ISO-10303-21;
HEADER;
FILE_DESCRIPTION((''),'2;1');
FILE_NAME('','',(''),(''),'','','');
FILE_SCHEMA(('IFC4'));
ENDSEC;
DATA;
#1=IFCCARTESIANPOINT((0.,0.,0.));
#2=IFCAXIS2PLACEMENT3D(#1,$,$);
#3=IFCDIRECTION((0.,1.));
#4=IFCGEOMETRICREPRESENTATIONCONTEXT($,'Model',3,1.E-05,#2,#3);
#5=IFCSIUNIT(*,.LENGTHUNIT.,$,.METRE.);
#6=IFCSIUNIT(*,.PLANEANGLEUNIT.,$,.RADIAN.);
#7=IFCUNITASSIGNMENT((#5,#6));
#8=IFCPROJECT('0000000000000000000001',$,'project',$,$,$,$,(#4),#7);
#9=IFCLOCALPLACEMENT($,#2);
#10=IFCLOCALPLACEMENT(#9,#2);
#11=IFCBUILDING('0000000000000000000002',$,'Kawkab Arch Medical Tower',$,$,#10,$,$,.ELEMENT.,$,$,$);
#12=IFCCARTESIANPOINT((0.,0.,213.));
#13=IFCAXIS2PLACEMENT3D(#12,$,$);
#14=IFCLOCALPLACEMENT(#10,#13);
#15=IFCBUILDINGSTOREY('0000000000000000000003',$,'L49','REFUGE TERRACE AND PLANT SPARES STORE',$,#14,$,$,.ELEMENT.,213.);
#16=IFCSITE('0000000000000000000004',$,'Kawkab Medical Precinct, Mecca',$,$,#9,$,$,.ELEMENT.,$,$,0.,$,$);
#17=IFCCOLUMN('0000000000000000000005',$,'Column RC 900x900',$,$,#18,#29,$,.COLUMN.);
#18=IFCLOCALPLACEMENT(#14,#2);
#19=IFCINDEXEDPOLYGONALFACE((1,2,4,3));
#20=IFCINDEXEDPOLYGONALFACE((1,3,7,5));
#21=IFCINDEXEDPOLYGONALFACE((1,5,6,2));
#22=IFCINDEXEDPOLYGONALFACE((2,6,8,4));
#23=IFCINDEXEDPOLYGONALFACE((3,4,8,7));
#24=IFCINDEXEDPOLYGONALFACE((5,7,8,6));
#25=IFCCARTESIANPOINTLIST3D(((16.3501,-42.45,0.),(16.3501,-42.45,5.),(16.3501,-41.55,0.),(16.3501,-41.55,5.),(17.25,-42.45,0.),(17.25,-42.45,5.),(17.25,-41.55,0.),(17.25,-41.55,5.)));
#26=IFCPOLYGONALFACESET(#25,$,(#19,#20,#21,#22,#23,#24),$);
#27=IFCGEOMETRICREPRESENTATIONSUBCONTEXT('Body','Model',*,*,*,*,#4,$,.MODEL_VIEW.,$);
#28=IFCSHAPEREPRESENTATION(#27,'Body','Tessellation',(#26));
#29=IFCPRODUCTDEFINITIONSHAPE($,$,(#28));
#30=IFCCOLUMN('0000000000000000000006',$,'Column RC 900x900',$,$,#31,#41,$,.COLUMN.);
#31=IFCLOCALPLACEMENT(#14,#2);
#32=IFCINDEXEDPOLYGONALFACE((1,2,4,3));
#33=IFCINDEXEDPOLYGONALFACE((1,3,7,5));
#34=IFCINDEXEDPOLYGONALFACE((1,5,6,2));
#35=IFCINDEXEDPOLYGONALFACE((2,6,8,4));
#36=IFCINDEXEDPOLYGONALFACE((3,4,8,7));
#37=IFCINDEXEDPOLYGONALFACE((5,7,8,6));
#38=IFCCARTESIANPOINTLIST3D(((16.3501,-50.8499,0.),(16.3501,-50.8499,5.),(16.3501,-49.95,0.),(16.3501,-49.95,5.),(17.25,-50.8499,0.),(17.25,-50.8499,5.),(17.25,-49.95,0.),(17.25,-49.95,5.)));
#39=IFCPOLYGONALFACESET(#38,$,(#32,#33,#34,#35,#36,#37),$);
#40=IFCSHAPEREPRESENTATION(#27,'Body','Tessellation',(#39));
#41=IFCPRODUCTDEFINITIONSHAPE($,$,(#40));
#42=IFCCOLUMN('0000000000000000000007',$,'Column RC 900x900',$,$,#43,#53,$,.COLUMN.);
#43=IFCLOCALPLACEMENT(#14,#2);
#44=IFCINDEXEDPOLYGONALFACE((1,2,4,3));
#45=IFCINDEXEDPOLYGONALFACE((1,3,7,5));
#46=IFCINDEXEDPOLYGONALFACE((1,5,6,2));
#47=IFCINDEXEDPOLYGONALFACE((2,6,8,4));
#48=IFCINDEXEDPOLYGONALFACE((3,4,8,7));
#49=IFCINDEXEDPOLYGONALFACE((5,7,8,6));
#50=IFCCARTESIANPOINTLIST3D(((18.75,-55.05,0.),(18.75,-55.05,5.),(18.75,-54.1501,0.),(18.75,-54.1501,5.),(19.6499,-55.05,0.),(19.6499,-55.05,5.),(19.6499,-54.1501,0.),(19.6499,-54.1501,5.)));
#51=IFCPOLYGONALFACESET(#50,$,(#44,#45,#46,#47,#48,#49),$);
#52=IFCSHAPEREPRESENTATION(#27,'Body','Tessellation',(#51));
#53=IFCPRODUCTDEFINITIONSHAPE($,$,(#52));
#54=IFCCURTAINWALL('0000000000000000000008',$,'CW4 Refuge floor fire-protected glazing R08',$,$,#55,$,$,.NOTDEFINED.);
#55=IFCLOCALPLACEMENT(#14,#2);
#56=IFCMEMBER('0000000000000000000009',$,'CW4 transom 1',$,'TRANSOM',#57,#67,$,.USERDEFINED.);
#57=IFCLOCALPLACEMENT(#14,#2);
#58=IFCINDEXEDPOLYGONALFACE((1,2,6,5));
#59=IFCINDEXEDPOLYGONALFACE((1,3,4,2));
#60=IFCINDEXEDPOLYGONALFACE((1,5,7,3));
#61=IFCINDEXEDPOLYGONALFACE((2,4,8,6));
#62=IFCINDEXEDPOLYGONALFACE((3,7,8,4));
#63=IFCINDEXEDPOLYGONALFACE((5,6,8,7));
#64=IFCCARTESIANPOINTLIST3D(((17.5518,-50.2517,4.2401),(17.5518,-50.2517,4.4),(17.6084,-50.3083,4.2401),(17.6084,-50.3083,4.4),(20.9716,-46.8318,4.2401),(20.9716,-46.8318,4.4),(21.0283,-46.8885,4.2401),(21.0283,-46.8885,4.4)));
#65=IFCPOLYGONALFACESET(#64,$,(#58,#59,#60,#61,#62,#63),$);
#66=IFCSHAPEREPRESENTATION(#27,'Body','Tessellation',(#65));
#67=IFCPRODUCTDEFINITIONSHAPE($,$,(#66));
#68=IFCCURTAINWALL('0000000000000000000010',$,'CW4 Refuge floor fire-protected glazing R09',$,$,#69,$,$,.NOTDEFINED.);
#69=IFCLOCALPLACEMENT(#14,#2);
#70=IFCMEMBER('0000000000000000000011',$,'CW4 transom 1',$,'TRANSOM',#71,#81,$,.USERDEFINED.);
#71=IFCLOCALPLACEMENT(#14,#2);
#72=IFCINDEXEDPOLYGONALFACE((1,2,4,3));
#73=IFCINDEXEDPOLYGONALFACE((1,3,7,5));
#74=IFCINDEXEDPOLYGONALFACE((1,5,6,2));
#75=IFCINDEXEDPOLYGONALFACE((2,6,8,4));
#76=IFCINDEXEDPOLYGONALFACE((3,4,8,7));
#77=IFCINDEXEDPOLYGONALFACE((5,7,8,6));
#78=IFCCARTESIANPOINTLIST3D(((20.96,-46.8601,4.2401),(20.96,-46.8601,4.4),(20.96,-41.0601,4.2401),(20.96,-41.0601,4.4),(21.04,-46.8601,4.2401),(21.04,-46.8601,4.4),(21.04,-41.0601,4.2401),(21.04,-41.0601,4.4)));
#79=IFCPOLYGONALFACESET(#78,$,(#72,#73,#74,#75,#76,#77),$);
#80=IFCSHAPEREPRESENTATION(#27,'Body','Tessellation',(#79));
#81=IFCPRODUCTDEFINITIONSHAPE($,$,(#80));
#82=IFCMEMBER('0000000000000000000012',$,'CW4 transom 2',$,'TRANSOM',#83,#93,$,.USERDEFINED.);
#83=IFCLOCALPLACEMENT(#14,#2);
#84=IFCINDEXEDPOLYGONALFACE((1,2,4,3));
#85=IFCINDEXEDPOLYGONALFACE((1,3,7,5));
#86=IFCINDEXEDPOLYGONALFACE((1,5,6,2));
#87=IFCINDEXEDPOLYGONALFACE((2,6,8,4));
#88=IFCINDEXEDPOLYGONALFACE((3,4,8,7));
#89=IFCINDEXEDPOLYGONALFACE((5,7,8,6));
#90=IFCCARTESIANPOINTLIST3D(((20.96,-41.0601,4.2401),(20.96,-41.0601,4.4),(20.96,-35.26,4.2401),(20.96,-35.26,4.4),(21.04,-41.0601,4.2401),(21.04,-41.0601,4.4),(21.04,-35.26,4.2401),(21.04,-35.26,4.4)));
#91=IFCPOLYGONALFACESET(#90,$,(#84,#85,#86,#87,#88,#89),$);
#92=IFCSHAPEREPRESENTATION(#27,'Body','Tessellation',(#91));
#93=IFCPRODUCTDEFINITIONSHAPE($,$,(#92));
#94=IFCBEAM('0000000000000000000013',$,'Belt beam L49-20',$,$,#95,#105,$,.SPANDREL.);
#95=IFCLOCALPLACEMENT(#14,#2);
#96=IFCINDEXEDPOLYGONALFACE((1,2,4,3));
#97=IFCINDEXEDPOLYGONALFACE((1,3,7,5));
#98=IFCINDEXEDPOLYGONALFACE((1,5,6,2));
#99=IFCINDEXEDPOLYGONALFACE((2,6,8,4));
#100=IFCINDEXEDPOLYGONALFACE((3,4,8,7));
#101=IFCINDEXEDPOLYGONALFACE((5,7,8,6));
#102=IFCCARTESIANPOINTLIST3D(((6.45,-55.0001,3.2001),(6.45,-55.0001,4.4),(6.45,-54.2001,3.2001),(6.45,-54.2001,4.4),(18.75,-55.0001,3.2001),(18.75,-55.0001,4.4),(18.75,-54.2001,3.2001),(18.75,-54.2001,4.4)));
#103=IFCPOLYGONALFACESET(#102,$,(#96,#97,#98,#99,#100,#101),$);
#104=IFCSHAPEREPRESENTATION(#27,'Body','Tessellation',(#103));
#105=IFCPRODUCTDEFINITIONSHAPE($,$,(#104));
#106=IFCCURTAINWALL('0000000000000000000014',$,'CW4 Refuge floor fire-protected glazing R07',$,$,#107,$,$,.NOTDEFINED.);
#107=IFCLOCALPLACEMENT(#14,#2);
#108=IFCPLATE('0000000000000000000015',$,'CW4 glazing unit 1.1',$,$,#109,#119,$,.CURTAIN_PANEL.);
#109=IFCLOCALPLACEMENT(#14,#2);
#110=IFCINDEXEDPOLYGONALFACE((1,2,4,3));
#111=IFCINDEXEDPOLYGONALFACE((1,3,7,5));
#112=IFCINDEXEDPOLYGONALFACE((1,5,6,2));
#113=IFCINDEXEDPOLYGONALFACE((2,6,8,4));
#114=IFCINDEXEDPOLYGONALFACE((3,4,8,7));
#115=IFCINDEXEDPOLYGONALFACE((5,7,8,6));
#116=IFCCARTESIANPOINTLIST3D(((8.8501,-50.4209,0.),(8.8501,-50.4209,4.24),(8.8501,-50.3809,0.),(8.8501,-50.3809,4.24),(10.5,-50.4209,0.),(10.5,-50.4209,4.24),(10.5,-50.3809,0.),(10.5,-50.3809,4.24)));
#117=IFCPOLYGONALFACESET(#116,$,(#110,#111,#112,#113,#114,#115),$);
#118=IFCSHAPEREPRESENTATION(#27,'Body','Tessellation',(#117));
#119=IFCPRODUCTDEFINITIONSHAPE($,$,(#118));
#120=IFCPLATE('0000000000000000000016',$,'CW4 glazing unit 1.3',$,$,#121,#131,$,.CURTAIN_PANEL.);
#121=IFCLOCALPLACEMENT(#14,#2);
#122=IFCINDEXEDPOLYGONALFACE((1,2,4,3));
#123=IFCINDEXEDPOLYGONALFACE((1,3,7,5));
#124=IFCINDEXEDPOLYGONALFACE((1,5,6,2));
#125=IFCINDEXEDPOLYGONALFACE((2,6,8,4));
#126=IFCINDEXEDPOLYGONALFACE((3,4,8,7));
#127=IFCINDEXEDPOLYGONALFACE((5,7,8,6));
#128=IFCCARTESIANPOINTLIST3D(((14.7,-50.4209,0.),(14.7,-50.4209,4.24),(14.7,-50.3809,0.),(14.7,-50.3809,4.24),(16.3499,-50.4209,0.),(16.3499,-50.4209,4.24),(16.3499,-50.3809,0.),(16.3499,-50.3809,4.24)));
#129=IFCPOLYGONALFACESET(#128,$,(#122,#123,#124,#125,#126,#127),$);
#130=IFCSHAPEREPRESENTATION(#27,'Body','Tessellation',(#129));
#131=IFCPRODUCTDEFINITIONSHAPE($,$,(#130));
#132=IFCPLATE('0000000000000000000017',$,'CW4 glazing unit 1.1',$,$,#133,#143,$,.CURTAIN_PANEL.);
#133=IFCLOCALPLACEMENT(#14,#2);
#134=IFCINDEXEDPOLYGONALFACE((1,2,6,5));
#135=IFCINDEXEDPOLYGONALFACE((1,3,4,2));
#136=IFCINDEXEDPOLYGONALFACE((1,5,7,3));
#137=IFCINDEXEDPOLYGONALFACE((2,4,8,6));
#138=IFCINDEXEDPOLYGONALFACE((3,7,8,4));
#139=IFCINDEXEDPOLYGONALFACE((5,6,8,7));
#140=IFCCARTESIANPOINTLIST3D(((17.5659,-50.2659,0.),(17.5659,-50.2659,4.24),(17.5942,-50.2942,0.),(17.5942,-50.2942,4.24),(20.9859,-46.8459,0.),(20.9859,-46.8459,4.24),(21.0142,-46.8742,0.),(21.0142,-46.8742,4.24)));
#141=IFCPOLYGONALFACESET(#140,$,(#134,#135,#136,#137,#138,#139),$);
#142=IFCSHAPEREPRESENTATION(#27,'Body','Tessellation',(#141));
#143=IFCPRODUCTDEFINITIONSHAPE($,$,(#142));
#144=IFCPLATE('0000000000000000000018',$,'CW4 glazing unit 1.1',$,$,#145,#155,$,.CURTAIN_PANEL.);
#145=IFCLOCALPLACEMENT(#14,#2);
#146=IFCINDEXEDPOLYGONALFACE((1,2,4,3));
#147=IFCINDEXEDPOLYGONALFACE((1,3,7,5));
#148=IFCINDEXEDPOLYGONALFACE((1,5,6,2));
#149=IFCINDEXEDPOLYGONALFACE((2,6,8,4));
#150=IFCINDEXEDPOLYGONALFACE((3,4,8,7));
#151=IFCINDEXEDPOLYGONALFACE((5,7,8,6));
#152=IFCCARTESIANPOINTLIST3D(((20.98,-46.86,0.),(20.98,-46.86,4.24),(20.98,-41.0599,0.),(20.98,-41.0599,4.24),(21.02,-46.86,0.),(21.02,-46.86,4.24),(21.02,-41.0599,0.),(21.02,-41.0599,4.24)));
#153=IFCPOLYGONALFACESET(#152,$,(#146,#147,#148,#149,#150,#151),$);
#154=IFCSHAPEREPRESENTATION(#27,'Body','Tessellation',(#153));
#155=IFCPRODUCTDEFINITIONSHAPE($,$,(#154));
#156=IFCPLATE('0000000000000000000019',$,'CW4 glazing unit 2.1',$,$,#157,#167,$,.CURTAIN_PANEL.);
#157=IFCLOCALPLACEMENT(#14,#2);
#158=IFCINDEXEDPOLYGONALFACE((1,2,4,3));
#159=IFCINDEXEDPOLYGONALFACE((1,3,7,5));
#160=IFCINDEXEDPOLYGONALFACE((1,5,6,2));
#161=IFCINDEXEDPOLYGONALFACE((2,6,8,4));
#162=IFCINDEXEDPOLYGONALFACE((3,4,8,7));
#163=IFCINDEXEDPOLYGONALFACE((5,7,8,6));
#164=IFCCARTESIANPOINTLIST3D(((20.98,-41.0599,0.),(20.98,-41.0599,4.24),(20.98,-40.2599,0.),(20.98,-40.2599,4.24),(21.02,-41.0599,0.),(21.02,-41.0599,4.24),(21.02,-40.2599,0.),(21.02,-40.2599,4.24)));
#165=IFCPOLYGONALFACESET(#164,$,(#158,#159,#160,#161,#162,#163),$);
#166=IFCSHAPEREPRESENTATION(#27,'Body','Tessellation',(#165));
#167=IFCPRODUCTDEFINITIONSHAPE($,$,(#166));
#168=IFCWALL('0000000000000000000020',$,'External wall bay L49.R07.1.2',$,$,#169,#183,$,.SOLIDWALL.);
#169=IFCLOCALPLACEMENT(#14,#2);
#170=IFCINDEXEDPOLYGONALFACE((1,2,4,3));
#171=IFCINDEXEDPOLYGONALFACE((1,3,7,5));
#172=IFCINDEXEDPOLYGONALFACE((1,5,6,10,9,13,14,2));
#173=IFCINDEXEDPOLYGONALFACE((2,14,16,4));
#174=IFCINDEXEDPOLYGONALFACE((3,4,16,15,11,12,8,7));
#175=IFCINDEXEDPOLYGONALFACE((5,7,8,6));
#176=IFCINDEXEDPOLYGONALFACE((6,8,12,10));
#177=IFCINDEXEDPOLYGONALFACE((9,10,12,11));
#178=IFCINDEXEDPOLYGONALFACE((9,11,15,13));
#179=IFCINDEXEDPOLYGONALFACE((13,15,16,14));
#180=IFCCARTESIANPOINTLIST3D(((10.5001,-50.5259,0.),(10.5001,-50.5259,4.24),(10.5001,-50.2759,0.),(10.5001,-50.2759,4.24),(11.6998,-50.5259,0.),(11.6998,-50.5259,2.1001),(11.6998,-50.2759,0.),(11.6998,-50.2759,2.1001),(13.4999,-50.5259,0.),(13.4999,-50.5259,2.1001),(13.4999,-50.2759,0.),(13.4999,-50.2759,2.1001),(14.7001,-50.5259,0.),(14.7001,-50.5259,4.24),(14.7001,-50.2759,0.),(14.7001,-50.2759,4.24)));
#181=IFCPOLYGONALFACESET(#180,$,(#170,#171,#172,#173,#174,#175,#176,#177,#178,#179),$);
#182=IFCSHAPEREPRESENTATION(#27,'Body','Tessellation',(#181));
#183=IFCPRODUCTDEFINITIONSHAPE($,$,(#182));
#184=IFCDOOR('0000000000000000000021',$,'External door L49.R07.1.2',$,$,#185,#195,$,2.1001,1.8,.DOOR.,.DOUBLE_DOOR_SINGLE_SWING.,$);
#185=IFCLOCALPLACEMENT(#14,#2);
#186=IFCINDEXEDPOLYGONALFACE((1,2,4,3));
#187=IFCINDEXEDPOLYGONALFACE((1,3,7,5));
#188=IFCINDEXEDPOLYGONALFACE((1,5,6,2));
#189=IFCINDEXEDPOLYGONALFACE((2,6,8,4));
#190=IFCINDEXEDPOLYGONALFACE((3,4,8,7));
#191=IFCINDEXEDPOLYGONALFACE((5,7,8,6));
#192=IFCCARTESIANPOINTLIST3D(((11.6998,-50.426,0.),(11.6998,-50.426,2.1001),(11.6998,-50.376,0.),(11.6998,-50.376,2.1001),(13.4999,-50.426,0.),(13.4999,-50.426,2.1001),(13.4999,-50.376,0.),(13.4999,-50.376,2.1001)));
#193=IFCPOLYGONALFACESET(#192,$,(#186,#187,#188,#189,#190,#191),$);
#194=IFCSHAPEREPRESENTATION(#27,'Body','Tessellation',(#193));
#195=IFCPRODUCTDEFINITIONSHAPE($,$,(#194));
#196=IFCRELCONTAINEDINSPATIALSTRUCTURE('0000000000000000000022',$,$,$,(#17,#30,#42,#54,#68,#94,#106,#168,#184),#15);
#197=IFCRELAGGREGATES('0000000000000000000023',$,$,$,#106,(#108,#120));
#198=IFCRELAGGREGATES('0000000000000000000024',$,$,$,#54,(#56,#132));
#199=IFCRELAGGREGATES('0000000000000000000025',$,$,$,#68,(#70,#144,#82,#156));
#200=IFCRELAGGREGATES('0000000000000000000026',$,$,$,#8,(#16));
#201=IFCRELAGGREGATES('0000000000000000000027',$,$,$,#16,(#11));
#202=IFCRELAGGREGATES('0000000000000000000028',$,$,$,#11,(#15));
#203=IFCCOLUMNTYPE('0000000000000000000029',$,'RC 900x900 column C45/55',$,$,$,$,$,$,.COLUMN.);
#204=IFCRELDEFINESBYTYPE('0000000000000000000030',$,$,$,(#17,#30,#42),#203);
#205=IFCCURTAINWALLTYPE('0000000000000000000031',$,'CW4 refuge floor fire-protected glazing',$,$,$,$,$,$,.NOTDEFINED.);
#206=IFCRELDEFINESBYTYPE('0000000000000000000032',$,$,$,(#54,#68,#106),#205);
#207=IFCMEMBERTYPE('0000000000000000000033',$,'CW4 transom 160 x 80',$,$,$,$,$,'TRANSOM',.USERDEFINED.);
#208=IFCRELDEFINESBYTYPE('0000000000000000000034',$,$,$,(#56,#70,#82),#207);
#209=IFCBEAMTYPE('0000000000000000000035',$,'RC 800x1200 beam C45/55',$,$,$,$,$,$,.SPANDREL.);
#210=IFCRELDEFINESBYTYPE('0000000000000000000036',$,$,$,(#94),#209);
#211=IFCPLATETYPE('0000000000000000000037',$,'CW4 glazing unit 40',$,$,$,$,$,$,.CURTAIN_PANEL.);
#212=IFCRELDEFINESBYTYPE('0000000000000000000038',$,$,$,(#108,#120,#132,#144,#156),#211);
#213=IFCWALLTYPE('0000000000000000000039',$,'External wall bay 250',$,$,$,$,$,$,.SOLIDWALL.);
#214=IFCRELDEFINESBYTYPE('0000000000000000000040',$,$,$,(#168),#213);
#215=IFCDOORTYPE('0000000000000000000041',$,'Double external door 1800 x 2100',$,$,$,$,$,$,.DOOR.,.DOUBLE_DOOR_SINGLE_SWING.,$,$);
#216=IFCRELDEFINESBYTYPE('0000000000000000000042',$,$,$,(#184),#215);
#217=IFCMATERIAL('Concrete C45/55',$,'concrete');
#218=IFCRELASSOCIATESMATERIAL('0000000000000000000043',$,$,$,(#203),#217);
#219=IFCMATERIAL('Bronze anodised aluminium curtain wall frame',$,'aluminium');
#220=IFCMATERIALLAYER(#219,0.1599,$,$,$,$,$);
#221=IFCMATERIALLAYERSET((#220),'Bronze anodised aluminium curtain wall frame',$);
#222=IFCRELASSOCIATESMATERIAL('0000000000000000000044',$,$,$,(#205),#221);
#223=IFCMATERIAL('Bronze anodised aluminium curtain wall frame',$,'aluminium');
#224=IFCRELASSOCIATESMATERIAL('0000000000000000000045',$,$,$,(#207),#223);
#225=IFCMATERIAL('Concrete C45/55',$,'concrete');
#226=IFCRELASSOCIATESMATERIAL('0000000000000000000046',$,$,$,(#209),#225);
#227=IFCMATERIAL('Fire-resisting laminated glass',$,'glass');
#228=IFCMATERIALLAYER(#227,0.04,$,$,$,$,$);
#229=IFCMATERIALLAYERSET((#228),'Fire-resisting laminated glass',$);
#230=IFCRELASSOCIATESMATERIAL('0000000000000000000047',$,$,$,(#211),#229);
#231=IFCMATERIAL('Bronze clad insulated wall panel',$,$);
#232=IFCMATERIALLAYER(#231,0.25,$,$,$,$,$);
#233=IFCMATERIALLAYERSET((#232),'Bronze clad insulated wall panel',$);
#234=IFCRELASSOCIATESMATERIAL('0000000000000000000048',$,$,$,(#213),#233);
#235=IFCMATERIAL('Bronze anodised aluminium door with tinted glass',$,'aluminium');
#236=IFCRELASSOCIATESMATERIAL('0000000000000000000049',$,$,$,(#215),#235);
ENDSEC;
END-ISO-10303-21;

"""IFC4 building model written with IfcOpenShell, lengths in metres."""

from ifc_helpers import new_model, si_unit, direction, frame, frame_2d, origin, origin_2d, place, context, subcontext, project, spatial, rectangle, extrude, material, layer, layer_set, material_profile, profile_set, type_object, element, fill, aggregate, save


model = new_model("IFC4")

# Units and contexts
model_context = context("Model", 3, precision=1e-05, world=origin(), true_north=direction((0.0, 1.0)))
body_context = subcontext(model_context, "Body", "Model", "MODEL_VIEW")
ifc_project = project(units=[si_unit("LENGTHUNIT", "METRE"), si_unit("PLANEANGLEUNIT", "RADIAN")], contexts=[model_context])

# Site, building, storey
site_placement = place(None, origin())
site = spatial("IfcSite", under=ifc_project, at=site_placement, Name="Kawkab Medical Precinct, Mecca", CompositionType="ELEMENT", RefElevation=0.0)
building_placement = place(site_placement, origin())
building = spatial("IfcBuilding", under=site, at=building_placement, Name="Kawkab Arch Medical Tower", CompositionType="ELEMENT")
storey_placement = place(building_placement, frame((0.0, 0.0, 213.0)))
storey = spatial("IfcBuildingStorey", under=building, at=storey_placement, Name="L49", Description="REFUGE TERRACE AND PLANT SPARES STORE", CompositionType="ELEMENT", Elevation=213.0)

# Columns
ifc_material_1 = material(Name="Concrete C45/55", Category="concrete")
ifc_material_profile_1 = material_profile(ifc_material_1, rectangle(XDim=0.8999, YDim=0.8999, at=origin_2d()), Name="RC 900x900")
ifc_profile_set_1 = profile_set([ifc_material_profile_1], Name="Concrete C45/55")
column_type = type_object("IfcColumnType", Name="RC 900x900 column C45/55", PredefinedType="COLUMN", material=ifc_profile_set_1)
for number, where, z_axis, x_axis, name in (
    (1, (16.8, -42.0, 0.0), (0.0, 0.0, 1.0), (1.0, 0.0, 0.0), "Column RC 900x900"),
    (2, (16.8, -50.3999, 0.0), (0.0, 0.0, 1.0), (1.0, 0.0, 0.0), "Column RC 900x900"),
    (3, (19.2, -54.6001, 0.0), (0.0, 0.0, 1.0), (1.0, 0.0, 0.0), "Column RC 900x900"),
):
    element("IfcColumn", number, at=place(storey_placement, frame(where, z_axis=z_axis, x_axis=x_axis)), inside=storey, type_object=column_type, Name=name, PredefinedType="COLUMN", context=body_context, shape_type="SweptSolid", body=[
        extrude(rectangle(XDim=0.8999, YDim=0.8999, at=origin_2d()), origin(), (0.0, 0.0, 1.0), 5.0),
    ])

# Curtain wall, member
ifc_material_2 = material(Name="Bronze anodised aluminium curtain wall frame", Category="aluminium")
ifc_layer_1 = layer(ifc_material_2, 0.1599)
ifc_layer_set_1 = layer_set([ifc_layer_1], Name="Bronze anodised aluminium curtain wall frame")
curtain_wall_type = type_object("IfcCurtainWallType", Name="CW4 refuge floor fire-protected glazing", PredefinedType="NOTDEFINED", material=ifc_layer_set_1)
placement = place(storey_placement, origin())
curtain_wall_1 = element("IfcCurtainWall", 4, at=placement, inside=storey, type_object=curtain_wall_type, Name="CW4 Refuge floor fire-protected glazing R08", PredefinedType="NOTDEFINED")
ifc_material_3 = material(Name="Bronze anodised aluminium curtain wall frame", Category="aluminium")
ifc_material_profile_2 = material_profile(ifc_material_3, rectangle(XDim=0.0801, YDim=0.1599, at=origin_2d()), Name="AL 80x160")
ifc_profile_set_2 = profile_set([ifc_material_profile_2], Name="Bronze anodised aluminium curtain wall frame")
member_type = type_object("IfcMemberType", Name="CW4 transom 160 x 80", ElementType="TRANSOM", PredefinedType="USERDEFINED", material=ifc_profile_set_2)
member_1_placement = place(storey_placement, frame((17.5801, -50.28, 4.3201), z_axis=(0.707107, 0.707107, 0.0), x_axis=(-0.707107, 0.707107, 0.0)))
member_1 = element("IfcMember", 5, at=member_1_placement, type_object=member_type, Name="CW4 transom 1", ObjectType="TRANSOM", PredefinedType="USERDEFINED", context=body_context, shape_type="SweptSolid", body=[
    extrude(rectangle(XDim=0.0801, YDim=0.1599, at=origin_2d()), origin(), (0.0, 0.0, 1.0), 4.8364),
])

# Curtain wall, members
curtain_wall_2 = element("IfcCurtainWall", 6, at=placement, inside=storey, type_object=curtain_wall_type, Name="CW4 Refuge floor fire-protected glazing R09", PredefinedType="NOTDEFINED")
member_2_placement = place(storey_placement, frame((21.0, -46.8601, 4.3201), z_axis=(0.0, 1.0, 0.0), x_axis=(-1.0, 0.0, 0.0)))
member_2 = element("IfcMember", 7, at=member_2_placement, type_object=member_type, Name="CW4 transom 1", ObjectType="TRANSOM", PredefinedType="USERDEFINED", context=body_context, shape_type="SweptSolid", body=[
    extrude(rectangle(XDim=0.0801, YDim=0.1599, at=origin_2d()), origin(), (0.0, 0.0, 1.0), 5.8),
])
member_3_placement = place(storey_placement, frame((21.0, -41.0601, 4.3201), z_axis=(0.0, 1.0, 0.0), x_axis=(-1.0, 0.0, 0.0)))
member_3 = element("IfcMember", 8, at=member_3_placement, type_object=member_type, Name="CW4 transom 2", ObjectType="TRANSOM", PredefinedType="USERDEFINED", context=body_context, shape_type="SweptSolid", body=[
    extrude(rectangle(XDim=0.0801, YDim=0.1599, at=origin_2d()), origin(), (0.0, 0.0, 1.0), 5.8),
])

# Beam
ifc_material_4 = material(Name="Concrete C45/55", Category="concrete")
ifc_material_profile_3 = material_profile(ifc_material_4, rectangle(XDim=0.8, YDim=1.2, at=origin_2d()), Name="RC 800x1200")
ifc_profile_set_3 = profile_set([ifc_material_profile_3], Name="Concrete C45/55")
beam_type = type_object("IfcBeamType", Name="RC 800x1200 beam C45/55", PredefinedType="SPANDREL", material=ifc_profile_set_3)
beam_placement = place(storey_placement, frame((18.75, -54.6001, 3.8), z_axis=(-1.0, 0.0, 0.0), x_axis=(0.0, -1.0, 0.0)))
element("IfcBeam", 9, at=beam_placement, inside=storey, type_object=beam_type, Name="Belt beam L49-20", PredefinedType="SPANDREL", context=body_context, shape_type="SweptSolid", body=[
    extrude(rectangle(XDim=0.8, YDim=1.2, at=origin_2d()), origin(), (0.0, 0.0, 1.0), 12.3),
])

# Curtain wall, plates
curtain_wall_3 = element("IfcCurtainWall", 10, at=placement, inside=storey, type_object=curtain_wall_type, Name="CW4 Refuge floor fire-protected glazing R07", PredefinedType="NOTDEFINED")
ifc_material_5 = material(Name="Fire-resisting laminated glass", Category="glass")
ifc_layer_2 = layer(ifc_material_5, 0.04)
ifc_layer_set_2 = layer_set([ifc_layer_2], Name="Fire-resisting laminated glass")
plate_type = type_object("IfcPlateType", Name="CW4 glazing unit 40", PredefinedType="CURTAIN_PANEL", material=ifc_layer_set_2)
plate_1_placement = place(storey_placement, frame((9.675, -50.4009, 0.0), z_axis=(0.0, 0.0, 1.0), x_axis=(1.0, 0.0, 0.0)))
plate_1 = element("IfcPlate", 11, at=plate_1_placement, type_object=plate_type, Name="CW4 glazing unit 1.1", PredefinedType="CURTAIN_PANEL", context=body_context, shape_type="SweptSolid", body=[
    extrude(rectangle(XDim=1.6499, YDim=0.04, at=origin_2d()), origin(), (0.0, 0.0, 1.0), 4.24),
])
plate_2_placement = place(storey_placement, frame((15.5249, -50.4009, 0.0), z_axis=(0.0, 0.0, 1.0), x_axis=(1.0, 0.0, 0.0)))
plate_2 = element("IfcPlate", 12, at=plate_2_placement, type_object=plate_type, Name="CW4 glazing unit 1.3", PredefinedType="CURTAIN_PANEL", context=body_context, shape_type="SweptSolid", body=[
    extrude(rectangle(XDim=1.6499, YDim=0.04, at=origin_2d()), origin(), (0.0, 0.0, 1.0), 4.24),
])
aggregate(curtain_wall_3, [plate_1, plate_2])

# Plates
plate_3_placement = place(storey_placement, frame((19.29, -48.5701, 0.0), z_axis=(0.0, 0.0, 1.0), x_axis=(0.707107, 0.707107, 0.0)))
plate_3 = element("IfcPlate", 13, at=plate_3_placement, type_object=plate_type, Name="CW4 glazing unit 1.1", PredefinedType="CURTAIN_PANEL", context=body_context, shape_type="SweptSolid", body=[
    extrude(rectangle(XDim=4.8367, YDim=0.04, at=origin_2d()), origin(), (0.0, 0.0, 1.0), 4.24),
])
aggregate(curtain_wall_1, [member_1, plate_3])
plate_4_placement = place(storey_placement, frame((21.0, -43.96, 0.0), z_axis=(0.0, 0.0, 1.0), x_axis=(0.0, 1.0, 0.0)))
plate_4 = element("IfcPlate", 14, at=plate_4_placement, type_object=plate_type, Name="CW4 glazing unit 1.1", PredefinedType="CURTAIN_PANEL", context=body_context, shape_type="SweptSolid", body=[
    extrude(rectangle(XDim=5.8, YDim=0.04, at=origin_2d()), origin(), (0.0, 0.0, 1.0), 4.24),
])
plate_5_placement = place(storey_placement, frame((21.0, -40.6599, 0.0), z_axis=(0.0, 0.0, 1.0), x_axis=(0.0, 1.0, 0.0)))
plate_5 = element("IfcPlate", 15, at=plate_5_placement, type_object=plate_type, Name="CW4 glazing unit 2.1", PredefinedType="CURTAIN_PANEL", context=body_context, shape_type="SweptSolid", body=[
    extrude(rectangle(XDim=0.8, YDim=0.04, at=origin_2d()), origin(), (0.0, 0.0, 1.0), 4.24),
])
aggregate(curtain_wall_2, [member_2, plate_4, member_3, plate_5])

# Wall, opening, door
ifc_material_6 = material(Name="Bronze clad insulated wall panel")
ifc_layer_3 = layer(ifc_material_6, 0.25)
ifc_layer_set_3 = layer_set([ifc_layer_3], Name="Bronze clad insulated wall panel")
wall_type_1 = type_object("IfcWallType", Name="External wall bay 250", PredefinedType="SOLIDWALL", material=ifc_layer_set_3)
wall_1_placement = place(storey_placement, frame((10.5, -50.4009, 0.0), z_axis=(0.0, 0.0, 1.0), x_axis=(1.0, 0.0, 0.0)))
wall_1 = element("IfcWall", 16, at=wall_1_placement, inside=storey, type_object=wall_type_1, Name="External wall bay L49.R07.1.2", PredefinedType="SOLIDWALL", context=body_context, shape_type="SweptSolid", body=[
    extrude(rectangle(XDim=4.2, YDim=0.25, at=frame_2d((2.1001, 0.0))), origin(), (0.0, 0.0, 1.0), 4.24),
])
opening_1_placement = place(wall_1_placement, frame((1.2, 0.0, 0.0)))
opening_1 = element("IfcOpeningElement", 17, at=opening_1_placement, cuts=wall_1, PredefinedType="OPENING", context=body_context, shape_type="SweptSolid", body=[
    extrude(rectangle(XDim=1.8, YDim=2.1001, at=frame_2d((0.8999, 1.05))), frame((0.0, 0.135, 0.0), z_axis=(0.0, -1.0, 0.0), x_axis=(1.0, 0.0, 0.0)), (0.0, 0.0, 1.0), 0.27),
])
ifc_material_7 = material(Name="Bronze anodised aluminium door with tinted glass", Category="aluminium")
door_type_1 = type_object("IfcDoorType", Name="Double external door 1800 x 2100", OperationType="DOUBLE_DOOR_SINGLE_SWING", PredefinedType="DOOR", material=ifc_material_7)
door_1_placement = place(opening_1_placement, origin())
door_1 = element("IfcDoor", 18, at=door_1_placement, inside=storey, type_object=door_type_1, Name="External door L49.R07.1.2", OperationType="DOUBLE_DOOR_SINGLE_SWING", OverallHeight=2.1001, OverallWidth=1.8, PredefinedType="DOOR", context=body_context, shape_type="SweptSolid", body=[
    extrude(rectangle(XDim=1.8, YDim=2.1001, at=frame_2d((0.8999, 1.05))), frame((0.0, 0.0249, 0.0), z_axis=(0.0, -1.0, 0.0), x_axis=(1.0, 0.0, 0.0)), (0.0, 0.0, 1.0), 0.05),
])
fill(opening_1, door_1)

save(model, "model.ifc")
